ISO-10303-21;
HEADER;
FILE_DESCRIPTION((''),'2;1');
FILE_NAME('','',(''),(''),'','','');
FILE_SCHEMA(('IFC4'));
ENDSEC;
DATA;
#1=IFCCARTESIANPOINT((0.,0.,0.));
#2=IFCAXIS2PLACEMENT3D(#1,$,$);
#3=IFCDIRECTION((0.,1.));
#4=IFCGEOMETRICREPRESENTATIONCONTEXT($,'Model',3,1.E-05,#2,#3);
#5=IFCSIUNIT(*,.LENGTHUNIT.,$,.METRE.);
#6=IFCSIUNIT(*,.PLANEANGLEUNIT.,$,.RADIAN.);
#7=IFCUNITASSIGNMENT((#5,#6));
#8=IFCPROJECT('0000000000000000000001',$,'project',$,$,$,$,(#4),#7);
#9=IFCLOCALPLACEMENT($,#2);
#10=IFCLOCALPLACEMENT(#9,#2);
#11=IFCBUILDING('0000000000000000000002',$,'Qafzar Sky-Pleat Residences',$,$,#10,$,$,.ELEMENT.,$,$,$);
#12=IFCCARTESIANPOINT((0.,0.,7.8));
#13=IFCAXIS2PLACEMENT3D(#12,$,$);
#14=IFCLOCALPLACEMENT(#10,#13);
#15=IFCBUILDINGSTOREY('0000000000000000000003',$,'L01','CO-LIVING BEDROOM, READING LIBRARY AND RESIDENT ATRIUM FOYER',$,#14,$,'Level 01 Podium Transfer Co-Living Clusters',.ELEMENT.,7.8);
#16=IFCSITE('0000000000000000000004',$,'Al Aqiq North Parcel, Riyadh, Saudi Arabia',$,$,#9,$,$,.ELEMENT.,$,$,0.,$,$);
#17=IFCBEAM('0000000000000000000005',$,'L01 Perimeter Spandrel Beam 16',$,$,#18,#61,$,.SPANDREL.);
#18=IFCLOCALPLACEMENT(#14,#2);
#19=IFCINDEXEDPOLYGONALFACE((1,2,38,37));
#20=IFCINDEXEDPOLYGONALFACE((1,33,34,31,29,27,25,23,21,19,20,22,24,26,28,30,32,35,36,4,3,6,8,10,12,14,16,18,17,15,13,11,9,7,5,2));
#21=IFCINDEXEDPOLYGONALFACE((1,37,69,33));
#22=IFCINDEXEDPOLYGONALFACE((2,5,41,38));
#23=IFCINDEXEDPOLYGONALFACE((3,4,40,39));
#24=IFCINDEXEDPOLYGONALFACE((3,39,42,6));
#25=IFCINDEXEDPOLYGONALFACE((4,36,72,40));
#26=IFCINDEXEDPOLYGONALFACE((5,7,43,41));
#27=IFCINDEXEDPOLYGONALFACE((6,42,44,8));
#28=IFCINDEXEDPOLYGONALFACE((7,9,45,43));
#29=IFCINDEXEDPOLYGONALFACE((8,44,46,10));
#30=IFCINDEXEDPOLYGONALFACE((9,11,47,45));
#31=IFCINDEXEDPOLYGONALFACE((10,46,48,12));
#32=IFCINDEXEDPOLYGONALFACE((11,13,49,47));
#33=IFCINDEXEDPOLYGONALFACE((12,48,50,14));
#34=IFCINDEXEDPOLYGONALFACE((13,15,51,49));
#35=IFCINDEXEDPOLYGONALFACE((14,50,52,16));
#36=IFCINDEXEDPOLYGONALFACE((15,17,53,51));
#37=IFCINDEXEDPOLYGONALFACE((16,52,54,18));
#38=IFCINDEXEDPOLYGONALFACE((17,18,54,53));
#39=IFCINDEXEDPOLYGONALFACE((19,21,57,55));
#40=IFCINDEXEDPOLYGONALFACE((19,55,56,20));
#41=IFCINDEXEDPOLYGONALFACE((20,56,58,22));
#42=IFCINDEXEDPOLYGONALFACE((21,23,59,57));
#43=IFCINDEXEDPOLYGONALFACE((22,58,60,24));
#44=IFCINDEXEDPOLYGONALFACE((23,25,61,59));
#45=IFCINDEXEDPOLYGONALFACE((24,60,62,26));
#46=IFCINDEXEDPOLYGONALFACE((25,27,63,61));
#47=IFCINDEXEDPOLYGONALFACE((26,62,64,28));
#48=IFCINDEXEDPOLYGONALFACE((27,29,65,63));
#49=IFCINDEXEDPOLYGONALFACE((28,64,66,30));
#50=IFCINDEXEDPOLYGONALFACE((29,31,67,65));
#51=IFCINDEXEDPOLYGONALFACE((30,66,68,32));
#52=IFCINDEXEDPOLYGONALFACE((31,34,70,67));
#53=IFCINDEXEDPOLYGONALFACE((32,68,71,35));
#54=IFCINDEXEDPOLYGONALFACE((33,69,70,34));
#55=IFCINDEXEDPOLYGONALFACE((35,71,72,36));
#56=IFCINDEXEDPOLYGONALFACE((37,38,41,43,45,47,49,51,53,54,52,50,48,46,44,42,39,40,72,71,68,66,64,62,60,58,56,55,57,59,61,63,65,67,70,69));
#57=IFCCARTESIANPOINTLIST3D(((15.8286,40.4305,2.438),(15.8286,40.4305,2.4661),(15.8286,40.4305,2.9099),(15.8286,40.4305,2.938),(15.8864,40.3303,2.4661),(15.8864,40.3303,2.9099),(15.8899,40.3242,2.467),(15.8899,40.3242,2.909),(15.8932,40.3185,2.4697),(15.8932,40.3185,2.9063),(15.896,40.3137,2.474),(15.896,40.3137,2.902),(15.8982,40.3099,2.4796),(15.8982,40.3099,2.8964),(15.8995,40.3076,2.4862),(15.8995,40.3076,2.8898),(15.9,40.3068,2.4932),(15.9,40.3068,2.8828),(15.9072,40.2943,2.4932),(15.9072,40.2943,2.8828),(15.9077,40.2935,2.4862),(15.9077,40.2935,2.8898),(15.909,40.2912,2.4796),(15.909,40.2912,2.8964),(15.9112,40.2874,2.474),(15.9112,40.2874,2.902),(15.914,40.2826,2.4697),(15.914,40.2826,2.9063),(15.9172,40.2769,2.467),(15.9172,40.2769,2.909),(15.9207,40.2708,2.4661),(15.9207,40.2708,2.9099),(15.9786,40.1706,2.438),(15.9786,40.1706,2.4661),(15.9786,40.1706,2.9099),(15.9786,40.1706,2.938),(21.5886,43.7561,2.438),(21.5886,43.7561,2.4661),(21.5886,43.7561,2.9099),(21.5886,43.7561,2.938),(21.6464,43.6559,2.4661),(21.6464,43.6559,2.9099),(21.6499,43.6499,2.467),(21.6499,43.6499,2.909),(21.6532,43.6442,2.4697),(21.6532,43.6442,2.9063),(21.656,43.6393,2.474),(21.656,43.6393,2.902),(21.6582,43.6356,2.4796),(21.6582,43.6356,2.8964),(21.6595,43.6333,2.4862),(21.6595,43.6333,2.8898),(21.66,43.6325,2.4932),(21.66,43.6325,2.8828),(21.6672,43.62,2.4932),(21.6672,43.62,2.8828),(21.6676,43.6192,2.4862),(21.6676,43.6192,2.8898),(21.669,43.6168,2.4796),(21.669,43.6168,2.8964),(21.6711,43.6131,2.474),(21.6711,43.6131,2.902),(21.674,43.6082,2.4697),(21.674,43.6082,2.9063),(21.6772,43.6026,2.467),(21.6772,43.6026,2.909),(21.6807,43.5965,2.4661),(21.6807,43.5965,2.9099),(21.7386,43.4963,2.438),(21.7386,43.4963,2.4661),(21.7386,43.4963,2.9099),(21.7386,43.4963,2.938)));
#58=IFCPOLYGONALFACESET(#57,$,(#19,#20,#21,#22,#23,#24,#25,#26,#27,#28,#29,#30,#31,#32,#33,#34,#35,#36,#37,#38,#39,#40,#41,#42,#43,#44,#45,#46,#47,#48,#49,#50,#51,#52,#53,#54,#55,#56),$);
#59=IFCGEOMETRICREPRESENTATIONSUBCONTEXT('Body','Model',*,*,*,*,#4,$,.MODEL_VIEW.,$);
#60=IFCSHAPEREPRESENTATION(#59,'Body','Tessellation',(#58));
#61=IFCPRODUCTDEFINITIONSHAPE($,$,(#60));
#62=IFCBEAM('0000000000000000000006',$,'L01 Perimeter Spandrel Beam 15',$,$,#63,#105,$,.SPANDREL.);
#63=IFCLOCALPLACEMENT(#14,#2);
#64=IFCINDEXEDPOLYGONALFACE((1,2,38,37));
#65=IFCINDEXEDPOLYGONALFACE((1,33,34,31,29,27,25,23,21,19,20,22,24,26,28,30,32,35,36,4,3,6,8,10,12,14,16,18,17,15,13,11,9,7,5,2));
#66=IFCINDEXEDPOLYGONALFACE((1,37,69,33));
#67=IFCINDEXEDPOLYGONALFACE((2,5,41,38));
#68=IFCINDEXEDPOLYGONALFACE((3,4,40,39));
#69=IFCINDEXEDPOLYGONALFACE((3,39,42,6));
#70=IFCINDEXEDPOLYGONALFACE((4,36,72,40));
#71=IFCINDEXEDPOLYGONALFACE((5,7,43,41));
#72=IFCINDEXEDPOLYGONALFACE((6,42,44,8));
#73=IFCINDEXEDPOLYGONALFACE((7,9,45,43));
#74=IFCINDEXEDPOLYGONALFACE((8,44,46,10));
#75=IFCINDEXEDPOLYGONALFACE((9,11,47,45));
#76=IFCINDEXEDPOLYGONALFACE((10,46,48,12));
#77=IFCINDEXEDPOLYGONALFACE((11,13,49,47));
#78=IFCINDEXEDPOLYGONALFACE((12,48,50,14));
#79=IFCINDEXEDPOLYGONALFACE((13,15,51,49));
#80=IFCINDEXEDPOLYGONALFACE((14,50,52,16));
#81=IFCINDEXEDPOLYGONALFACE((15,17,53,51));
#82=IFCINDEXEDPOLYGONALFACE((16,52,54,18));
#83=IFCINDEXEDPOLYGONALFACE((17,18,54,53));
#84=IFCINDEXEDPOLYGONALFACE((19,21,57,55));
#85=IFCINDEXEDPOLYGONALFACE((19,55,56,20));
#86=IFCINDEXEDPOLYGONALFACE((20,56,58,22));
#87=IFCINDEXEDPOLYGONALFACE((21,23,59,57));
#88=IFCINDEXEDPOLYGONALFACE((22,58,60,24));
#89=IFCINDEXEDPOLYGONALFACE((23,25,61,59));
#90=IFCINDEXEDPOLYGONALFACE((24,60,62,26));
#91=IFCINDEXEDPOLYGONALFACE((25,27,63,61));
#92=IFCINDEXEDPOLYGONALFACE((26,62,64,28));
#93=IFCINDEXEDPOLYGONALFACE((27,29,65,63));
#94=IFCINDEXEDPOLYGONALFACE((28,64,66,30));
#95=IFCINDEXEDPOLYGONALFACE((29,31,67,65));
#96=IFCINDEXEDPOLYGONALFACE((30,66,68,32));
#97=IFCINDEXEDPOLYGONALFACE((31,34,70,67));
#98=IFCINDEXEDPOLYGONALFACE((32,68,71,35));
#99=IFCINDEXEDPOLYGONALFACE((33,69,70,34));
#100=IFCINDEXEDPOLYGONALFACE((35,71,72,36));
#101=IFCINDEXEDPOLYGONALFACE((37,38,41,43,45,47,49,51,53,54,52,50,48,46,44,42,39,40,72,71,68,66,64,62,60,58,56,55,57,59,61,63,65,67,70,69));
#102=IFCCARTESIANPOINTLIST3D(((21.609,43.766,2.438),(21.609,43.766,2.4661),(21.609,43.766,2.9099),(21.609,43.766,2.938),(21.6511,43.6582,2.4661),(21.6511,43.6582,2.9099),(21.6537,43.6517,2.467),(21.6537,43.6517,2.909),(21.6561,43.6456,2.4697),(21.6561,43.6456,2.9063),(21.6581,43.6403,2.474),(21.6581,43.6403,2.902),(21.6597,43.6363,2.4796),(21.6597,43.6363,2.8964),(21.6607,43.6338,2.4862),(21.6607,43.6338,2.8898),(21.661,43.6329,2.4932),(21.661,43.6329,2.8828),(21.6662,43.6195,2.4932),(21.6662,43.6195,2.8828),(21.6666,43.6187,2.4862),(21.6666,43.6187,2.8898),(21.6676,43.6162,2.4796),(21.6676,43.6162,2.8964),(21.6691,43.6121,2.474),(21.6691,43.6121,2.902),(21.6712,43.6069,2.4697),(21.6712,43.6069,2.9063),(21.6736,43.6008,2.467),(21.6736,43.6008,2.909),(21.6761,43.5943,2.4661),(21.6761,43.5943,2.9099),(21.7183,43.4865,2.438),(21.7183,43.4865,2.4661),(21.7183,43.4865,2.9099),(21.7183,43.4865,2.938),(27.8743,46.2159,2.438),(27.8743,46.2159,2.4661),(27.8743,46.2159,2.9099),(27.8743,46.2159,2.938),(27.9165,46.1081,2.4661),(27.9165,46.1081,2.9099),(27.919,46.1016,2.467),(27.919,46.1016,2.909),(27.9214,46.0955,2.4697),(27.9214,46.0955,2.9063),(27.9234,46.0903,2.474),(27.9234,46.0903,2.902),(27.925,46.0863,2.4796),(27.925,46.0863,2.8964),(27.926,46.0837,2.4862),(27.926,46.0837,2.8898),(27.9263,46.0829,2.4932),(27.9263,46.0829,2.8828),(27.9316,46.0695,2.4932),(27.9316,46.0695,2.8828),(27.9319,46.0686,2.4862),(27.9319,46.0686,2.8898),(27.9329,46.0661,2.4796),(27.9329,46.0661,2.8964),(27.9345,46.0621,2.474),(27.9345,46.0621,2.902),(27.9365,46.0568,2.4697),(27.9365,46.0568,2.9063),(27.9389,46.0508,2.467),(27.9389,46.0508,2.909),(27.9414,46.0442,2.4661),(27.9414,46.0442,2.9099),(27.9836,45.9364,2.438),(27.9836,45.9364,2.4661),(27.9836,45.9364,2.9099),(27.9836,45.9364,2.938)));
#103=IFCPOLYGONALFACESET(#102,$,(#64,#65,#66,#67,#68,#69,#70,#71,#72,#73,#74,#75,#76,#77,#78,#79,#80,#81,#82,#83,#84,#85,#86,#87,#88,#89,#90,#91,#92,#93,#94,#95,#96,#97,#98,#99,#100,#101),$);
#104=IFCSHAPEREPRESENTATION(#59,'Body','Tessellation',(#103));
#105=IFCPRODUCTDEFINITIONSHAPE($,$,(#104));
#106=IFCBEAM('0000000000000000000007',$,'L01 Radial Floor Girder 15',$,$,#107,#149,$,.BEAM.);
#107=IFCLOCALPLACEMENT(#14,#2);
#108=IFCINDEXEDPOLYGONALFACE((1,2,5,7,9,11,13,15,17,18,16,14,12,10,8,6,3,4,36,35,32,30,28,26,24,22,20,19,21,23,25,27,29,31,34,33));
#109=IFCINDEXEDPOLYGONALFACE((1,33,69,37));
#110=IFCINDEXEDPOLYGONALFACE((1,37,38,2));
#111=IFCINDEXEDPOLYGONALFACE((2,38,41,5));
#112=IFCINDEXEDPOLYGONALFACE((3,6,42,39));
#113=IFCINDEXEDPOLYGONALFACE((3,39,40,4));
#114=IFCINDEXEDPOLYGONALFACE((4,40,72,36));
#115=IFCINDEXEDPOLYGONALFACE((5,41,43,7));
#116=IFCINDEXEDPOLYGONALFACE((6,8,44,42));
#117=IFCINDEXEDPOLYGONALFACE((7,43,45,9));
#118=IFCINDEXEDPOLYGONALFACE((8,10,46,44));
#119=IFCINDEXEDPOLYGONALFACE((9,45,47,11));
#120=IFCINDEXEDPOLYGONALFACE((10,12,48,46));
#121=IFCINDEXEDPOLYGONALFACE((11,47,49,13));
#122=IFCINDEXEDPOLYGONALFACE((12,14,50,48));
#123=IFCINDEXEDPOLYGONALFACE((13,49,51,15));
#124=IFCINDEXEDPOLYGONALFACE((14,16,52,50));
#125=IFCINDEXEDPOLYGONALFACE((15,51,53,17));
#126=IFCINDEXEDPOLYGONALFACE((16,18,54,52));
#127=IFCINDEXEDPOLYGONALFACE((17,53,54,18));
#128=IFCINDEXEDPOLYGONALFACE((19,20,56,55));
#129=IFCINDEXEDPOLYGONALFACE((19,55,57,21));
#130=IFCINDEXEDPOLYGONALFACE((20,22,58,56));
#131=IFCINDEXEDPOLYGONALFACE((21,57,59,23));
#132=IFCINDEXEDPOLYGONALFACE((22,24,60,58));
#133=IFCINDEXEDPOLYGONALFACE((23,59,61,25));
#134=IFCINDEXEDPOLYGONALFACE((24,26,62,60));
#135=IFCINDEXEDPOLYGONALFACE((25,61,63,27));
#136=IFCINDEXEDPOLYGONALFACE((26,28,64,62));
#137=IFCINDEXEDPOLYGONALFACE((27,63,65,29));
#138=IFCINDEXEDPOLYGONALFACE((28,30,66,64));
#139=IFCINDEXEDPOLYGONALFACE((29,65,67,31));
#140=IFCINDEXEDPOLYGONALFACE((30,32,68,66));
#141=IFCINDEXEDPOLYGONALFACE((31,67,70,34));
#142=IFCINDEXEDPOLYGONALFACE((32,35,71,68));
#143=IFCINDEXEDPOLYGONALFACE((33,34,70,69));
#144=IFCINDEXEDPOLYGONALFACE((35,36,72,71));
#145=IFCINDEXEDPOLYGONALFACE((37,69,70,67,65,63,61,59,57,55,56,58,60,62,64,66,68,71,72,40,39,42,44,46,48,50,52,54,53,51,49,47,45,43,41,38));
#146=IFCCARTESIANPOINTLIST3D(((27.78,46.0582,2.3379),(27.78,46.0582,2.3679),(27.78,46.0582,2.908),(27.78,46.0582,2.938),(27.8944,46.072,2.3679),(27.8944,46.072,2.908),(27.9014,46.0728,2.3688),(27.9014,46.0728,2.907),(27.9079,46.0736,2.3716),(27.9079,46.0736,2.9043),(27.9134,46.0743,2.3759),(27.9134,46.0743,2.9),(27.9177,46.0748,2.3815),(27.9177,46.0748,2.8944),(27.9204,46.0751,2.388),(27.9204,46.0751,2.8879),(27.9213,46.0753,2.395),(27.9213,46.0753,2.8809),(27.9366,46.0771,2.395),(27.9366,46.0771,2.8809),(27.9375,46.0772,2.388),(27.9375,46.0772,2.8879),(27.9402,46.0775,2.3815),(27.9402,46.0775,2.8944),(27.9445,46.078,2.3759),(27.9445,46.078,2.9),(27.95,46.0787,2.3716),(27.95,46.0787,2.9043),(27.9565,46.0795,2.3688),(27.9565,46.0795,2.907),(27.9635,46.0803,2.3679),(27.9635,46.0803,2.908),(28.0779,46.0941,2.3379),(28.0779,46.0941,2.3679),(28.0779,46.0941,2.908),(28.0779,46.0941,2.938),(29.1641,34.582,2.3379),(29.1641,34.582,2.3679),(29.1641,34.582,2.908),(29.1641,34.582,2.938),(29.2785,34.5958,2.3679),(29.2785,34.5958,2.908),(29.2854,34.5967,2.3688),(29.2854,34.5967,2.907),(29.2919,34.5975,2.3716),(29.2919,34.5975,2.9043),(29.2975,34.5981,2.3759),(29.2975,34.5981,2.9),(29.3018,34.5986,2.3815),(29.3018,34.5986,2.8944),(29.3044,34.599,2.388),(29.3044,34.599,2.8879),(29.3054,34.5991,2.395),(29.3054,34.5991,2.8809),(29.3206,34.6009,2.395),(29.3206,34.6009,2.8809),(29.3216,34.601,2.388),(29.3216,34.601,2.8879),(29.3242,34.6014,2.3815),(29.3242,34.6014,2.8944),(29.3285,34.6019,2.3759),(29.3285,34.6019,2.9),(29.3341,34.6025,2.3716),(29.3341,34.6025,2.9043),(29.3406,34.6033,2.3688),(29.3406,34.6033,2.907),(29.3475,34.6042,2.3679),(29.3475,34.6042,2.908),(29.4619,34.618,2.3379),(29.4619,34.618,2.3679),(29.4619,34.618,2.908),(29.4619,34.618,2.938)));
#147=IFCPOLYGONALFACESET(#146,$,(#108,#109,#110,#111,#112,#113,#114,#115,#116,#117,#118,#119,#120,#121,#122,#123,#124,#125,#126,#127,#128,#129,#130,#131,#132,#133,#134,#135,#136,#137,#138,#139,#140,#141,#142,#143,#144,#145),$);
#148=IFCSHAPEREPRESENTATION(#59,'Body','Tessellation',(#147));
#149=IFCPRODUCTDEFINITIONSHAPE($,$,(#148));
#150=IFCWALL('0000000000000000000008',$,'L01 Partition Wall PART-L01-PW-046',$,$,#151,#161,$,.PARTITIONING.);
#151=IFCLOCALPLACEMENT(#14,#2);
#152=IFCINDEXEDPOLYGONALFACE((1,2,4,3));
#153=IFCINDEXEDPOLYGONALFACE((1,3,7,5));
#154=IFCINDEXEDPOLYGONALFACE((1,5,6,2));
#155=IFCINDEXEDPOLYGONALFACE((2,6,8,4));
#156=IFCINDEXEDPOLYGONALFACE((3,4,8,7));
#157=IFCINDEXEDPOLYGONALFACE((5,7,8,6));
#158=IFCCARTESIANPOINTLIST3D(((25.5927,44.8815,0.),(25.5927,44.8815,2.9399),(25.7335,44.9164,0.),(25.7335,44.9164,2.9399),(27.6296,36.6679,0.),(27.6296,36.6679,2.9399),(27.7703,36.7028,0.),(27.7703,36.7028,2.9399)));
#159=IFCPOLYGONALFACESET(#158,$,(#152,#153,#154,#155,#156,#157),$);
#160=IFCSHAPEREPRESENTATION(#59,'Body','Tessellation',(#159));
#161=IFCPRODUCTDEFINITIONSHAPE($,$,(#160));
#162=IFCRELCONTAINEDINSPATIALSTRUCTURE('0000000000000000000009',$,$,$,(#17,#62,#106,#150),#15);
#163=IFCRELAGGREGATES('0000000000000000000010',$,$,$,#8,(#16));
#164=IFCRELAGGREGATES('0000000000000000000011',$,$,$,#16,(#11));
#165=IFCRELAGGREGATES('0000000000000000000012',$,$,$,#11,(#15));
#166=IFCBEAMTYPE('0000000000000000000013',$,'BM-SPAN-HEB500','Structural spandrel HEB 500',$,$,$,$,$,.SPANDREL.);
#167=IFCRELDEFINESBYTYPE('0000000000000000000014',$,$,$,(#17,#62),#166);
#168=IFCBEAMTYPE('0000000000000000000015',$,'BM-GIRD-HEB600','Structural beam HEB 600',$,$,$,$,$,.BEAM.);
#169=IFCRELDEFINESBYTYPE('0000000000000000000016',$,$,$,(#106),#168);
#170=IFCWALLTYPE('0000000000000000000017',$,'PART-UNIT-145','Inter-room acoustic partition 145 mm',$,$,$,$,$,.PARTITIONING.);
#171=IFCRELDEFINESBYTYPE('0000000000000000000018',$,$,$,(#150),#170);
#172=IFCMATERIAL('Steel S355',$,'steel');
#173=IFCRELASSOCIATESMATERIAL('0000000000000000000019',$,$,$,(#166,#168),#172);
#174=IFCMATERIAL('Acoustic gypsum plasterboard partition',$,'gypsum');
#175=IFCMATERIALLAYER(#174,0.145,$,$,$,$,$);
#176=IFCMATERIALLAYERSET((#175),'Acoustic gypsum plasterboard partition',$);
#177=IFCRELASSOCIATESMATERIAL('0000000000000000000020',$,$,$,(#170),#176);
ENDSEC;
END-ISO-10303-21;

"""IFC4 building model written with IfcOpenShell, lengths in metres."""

from ifc_helpers import new_model, si_unit, direction, frame, frame_2d, origin, origin_2d, place, context, subcontext, project, spatial, rectangle, i_section, extrude, source, transform, mapped, material, layer, layer_set, material_profile, profile_set, type_object, element, save


model = new_model("IFC4")

# Units and contexts
model_context = context("Model", 3, precision=1e-05, world=origin(), true_north=direction((0.0, 1.0)))
body_context = subcontext(model_context, "Body", "Model", "MODEL_VIEW")
ifc_project = project(units=[si_unit("LENGTHUNIT", "METRE"), si_unit("PLANEANGLEUNIT", "RADIAN")], contexts=[model_context])

# Site, building, storey
site_placement = place(None, origin())
site = spatial("IfcSite", under=ifc_project, at=site_placement, Name="Al Aqiq North Parcel, Riyadh, Saudi Arabia", CompositionType="ELEMENT", RefElevation=0.0)
building_placement = place(site_placement, origin())
building = spatial("IfcBuilding", under=site, at=building_placement, Name="Qafzar Sky-Pleat Residences", CompositionType="ELEMENT")
storey_placement = place(building_placement, frame((0.0, 0.0, 7.8)))
storey = spatial("IfcBuildingStorey", under=building, at=storey_placement, Name="L01", Description="CO-LIVING BEDROOM, READING LIBRARY AND RESIDENT ATRIUM FOYER", LongName="Level 01 Podium Transfer Co-Living Clusters", CompositionType="ELEMENT", Elevation=7.8)

# Beams
ifc_material_1 = material(Name="Steel S355", Category="steel")
ifc_material_profile_1 = material_profile(ifc_material_1, i_section(OverallWidth=0.3, OverallDepth=0.5, WebThickness=0.0144, FlangeThickness=0.0281, FilletRadius=0.0271, at=origin_2d()), Name="HEB 500")
ifc_profile_set_1 = profile_set([ifc_material_profile_1], Name="Steel S355")
beam_type_1 = type_object("IfcBeamType", Name="BM-SPAN-HEB500", Description="Structural spandrel HEB 500", PredefinedType="SPANDREL", material=ifc_profile_set_1)
shared_shape_1 = source(origin(), body_context, "Body", "SweptSolid", [
    extrude(i_section(OverallWidth=0.3, OverallDepth=0.5, WebThickness=0.0144, FlangeThickness=0.0281, FilletRadius=0.0271, at=origin_2d()), origin(), (0.0, 0.0, 1.0), 6.6511),
])
beam_1_placement = place(storey_placement, frame((21.6636, 43.6262, 2.688), z_axis=(-0.866016, -0.500016, 0.0), x_axis=(0.500016, -0.866016, 0.0)))
element("IfcBeam", 1, at=beam_1_placement, inside=storey, type_object=beam_type_1, Name="L01 Perimeter Spandrel Beam 16", PredefinedType="SPANDREL", context=body_context, shape_type="MappedRepresentation", body=[
    mapped(shared_shape_1, transform((0.0, 0.0, 0.0), x_axis=(1.0, 0.0, 0.0), y_axis=(0.0, 1.0, 0.0), z_axis=(0.0, 0.0, 1.0), scale=1.0)),
])
shared_shape_2 = source(origin(), body_context, "Body", "SweptSolid", [
    extrude(i_section(OverallWidth=0.3, OverallDepth=0.5, WebThickness=0.0144, FlangeThickness=0.0281, FilletRadius=0.0271, at=origin_2d()), origin(), (0.0, 0.0, 1.0), 6.7273),
])
beam_2_placement = place(storey_placement, frame((27.929, 46.0762, 2.688), z_axis=(-0.931329, -0.364178, 0.0), x_axis=(0.364178, -0.931329, 0.0)))
element("IfcBeam", 2, at=beam_2_placement, inside=storey, type_object=beam_type_1, Name="L01 Perimeter Spandrel Beam 15", PredefinedType="SPANDREL", context=body_context, shape_type="MappedRepresentation", body=[
    mapped(shared_shape_2, transform((0.0, 0.0, 0.0), x_axis=(1.0, 0.0, 0.0), y_axis=(0.0, 1.0, 0.0), z_axis=(0.0, 0.0, 1.0), scale=1.0)),
])
ifc_material_profile_2 = material_profile(ifc_material_1, i_section(OverallWidth=0.3, OverallDepth=0.6001, WebThickness=0.0154, FlangeThickness=0.03, FilletRadius=0.0271, at=origin_2d()), Name="HEB 600")
ifc_profile_set_2 = profile_set([ifc_material_profile_2], Name="Steel S355")
beam_type_2 = type_object("IfcBeamType", Name="BM-GIRD-HEB600", Description="Structural beam HEB 600", PredefinedType="BEAM", material=ifc_profile_set_2)
shared_shape_3 = source(origin(), body_context, "Body", "SweptSolid", [
    extrude(i_section(OverallWidth=0.3, OverallDepth=0.6001, WebThickness=0.0154, FlangeThickness=0.03, FilletRadius=0.0271, at=origin_2d()), origin(), (0.0, 0.0, 1.0), 11.5593),
])
beam_3_placement = place(storey_placement, frame((27.929, 46.0762, 2.6379), z_axis=(0.119734, -0.992806, 0.0), x_axis=(0.992806, 0.119734, 0.0)))
element("IfcBeam", 3, at=beam_3_placement, inside=storey, type_object=beam_type_2, Name="L01 Radial Floor Girder 15", PredefinedType="BEAM", context=body_context, shape_type="MappedRepresentation", body=[
    mapped(shared_shape_3, transform((0.0, 0.0, 0.0), x_axis=(1.0, 0.0, 0.0), y_axis=(0.0, 1.0, 0.0), z_axis=(0.0, 0.0, 1.0), scale=1.0)),
])

# Wall
ifc_material_2 = material(Name="Acoustic gypsum plasterboard partition", Category="gypsum")
ifc_layer_1 = layer(ifc_material_2, 0.145)
ifc_layer_set_1 = layer_set([ifc_layer_1], Name="Acoustic gypsum plasterboard partition")
wall_type_1 = type_object("IfcWallType", Name="PART-UNIT-145", Description="Inter-room acoustic partition 145 mm", PredefinedType="PARTITIONING", material=ifc_layer_set_1)
wall_1_placement = place(storey_placement, frame((25.6631, 44.8989, 0.0), z_axis=(0.0, 0.0, 1.0), x_axis=(0.240696, -0.970601, 0.0)))
element("IfcWall", 4, at=wall_1_placement, inside=storey, type_object=wall_type_1, Name="L01 Partition Wall PART-L01-PW-046", PredefinedType="PARTITIONING", context=body_context, shape_type="SweptSolid", body=[
    extrude(rectangle(XDim=8.4624, YDim=0.145, at=frame_2d((4.2312, 0.0))), origin(), (0.0, 0.0, 1.0), 2.9399),
])

save(model, "model.ifc")
